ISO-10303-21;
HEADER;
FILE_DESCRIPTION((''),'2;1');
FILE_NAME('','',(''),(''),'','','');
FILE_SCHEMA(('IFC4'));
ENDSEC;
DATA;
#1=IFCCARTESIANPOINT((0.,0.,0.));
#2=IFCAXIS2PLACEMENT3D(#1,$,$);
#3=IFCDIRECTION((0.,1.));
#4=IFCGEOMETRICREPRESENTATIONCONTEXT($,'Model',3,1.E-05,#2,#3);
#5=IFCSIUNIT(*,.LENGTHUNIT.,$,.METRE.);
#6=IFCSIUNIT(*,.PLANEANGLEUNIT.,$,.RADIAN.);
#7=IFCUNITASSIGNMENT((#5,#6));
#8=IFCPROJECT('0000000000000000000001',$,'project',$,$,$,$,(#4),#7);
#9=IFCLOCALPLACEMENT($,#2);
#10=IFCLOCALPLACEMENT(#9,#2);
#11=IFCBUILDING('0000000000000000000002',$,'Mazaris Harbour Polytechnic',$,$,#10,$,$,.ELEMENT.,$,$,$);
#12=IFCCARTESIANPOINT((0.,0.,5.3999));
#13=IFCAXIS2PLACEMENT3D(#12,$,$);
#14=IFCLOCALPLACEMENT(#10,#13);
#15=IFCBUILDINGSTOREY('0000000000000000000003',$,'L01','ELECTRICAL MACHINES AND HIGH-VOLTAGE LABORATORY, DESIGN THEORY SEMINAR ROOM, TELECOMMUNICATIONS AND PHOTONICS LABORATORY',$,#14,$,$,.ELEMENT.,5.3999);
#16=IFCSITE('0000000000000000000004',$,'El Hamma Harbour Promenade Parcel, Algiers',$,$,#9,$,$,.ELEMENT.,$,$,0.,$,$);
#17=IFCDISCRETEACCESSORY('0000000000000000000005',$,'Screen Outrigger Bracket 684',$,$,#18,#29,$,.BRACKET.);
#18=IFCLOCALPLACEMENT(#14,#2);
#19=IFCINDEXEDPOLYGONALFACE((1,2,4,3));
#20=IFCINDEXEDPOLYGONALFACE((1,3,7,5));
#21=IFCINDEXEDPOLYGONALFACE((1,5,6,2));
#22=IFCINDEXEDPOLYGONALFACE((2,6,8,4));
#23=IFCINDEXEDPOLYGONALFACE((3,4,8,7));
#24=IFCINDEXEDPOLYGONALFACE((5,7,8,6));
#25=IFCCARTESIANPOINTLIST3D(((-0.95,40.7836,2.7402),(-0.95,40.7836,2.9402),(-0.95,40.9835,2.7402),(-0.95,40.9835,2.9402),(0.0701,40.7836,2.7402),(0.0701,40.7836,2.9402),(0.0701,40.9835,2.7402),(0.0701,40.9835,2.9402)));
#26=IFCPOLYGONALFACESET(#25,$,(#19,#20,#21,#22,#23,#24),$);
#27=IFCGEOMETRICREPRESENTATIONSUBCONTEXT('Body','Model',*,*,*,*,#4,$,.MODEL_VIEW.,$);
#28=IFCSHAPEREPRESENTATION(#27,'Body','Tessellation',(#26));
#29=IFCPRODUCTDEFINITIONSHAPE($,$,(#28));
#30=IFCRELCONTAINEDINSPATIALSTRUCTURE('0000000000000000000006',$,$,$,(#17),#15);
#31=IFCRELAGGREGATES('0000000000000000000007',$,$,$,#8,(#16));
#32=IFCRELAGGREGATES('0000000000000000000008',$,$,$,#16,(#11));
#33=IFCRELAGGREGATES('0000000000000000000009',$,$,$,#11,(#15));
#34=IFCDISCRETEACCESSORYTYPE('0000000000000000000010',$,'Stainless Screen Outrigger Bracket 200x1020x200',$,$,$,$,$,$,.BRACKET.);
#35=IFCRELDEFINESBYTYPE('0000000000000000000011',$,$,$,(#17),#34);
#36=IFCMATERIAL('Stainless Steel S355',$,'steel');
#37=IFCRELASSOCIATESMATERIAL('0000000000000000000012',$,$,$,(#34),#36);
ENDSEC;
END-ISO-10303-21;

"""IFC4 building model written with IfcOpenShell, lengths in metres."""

from ifc_helpers import new_model, si_unit, direction, frame, origin, origin_2d, place, context, subcontext, project, spatial, rectangle, extrude, material, type_object, element, save


model = new_model("IFC4")

# Units and contexts
model_context = context("Model", 3, precision=1e-05, world=origin(), true_north=direction((0.0, 1.0)))
body_context = subcontext(model_context, "Body", "Model", "MODEL_VIEW")
ifc_project = project(units=[si_unit("LENGTHUNIT", "METRE"), si_unit("PLANEANGLEUNIT", "RADIAN")], contexts=[model_context])

# Site, building, storey
site_placement = place(None, origin())
site = spatial("IfcSite", under=ifc_project, at=site_placement, Name="El Hamma Harbour Promenade Parcel, Algiers", CompositionType="ELEMENT", RefElevation=0.0)
building_placement = place(site_placement, origin())
building = spatial("IfcBuilding", under=site, at=building_placement, Name="Mazaris Harbour Polytechnic", CompositionType="ELEMENT")
storey_placement = place(building_placement, frame((0.0, 0.0, 5.3999)))
storey = spatial("IfcBuildingStorey", under=building, at=storey_placement, Name="L01", Description="ELECTRICAL MACHINES AND HIGH-VOLTAGE LABORATORY, DESIGN THEORY SEMINAR ROOM, TELECOMMUNICATIONS AND PHOTONICS LABORATORY", CompositionType="ELEMENT", Elevation=5.3999)

# Discrete accessory
ifc_material_1 = material(Name="Stainless Steel S355", Category="steel")
discrete_accessory_type = type_object("IfcDiscreteAccessoryType", Name="Stainless Screen Outrigger Bracket 200x1020x200", PredefinedType="BRACKET", material=ifc_material_1)
for number, where, z_axis, x_axis, name in (
    (1, (-0.4399, 40.8835, 2.7402), (0.0, 0.0, 1.0), (0.0, 1.0, 0.0), "Screen Outrigger Bracket 684"),
):
    element("IfcDiscreteAccessory", number, at=place(storey_placement, frame(where, z_axis=z_axis, x_axis=x_axis)), inside=storey, type_object=discrete_accessory_type, Name=name, PredefinedType="BRACKET", context=body_context, shape_type="SweptSolid", body=[
        extrude(rectangle(XDim=0.2, YDim=1.02, at=origin_2d()), origin(), (0.0, 0.0, 1.0), 0.2),
    ])

save(model, "model.ifc")
